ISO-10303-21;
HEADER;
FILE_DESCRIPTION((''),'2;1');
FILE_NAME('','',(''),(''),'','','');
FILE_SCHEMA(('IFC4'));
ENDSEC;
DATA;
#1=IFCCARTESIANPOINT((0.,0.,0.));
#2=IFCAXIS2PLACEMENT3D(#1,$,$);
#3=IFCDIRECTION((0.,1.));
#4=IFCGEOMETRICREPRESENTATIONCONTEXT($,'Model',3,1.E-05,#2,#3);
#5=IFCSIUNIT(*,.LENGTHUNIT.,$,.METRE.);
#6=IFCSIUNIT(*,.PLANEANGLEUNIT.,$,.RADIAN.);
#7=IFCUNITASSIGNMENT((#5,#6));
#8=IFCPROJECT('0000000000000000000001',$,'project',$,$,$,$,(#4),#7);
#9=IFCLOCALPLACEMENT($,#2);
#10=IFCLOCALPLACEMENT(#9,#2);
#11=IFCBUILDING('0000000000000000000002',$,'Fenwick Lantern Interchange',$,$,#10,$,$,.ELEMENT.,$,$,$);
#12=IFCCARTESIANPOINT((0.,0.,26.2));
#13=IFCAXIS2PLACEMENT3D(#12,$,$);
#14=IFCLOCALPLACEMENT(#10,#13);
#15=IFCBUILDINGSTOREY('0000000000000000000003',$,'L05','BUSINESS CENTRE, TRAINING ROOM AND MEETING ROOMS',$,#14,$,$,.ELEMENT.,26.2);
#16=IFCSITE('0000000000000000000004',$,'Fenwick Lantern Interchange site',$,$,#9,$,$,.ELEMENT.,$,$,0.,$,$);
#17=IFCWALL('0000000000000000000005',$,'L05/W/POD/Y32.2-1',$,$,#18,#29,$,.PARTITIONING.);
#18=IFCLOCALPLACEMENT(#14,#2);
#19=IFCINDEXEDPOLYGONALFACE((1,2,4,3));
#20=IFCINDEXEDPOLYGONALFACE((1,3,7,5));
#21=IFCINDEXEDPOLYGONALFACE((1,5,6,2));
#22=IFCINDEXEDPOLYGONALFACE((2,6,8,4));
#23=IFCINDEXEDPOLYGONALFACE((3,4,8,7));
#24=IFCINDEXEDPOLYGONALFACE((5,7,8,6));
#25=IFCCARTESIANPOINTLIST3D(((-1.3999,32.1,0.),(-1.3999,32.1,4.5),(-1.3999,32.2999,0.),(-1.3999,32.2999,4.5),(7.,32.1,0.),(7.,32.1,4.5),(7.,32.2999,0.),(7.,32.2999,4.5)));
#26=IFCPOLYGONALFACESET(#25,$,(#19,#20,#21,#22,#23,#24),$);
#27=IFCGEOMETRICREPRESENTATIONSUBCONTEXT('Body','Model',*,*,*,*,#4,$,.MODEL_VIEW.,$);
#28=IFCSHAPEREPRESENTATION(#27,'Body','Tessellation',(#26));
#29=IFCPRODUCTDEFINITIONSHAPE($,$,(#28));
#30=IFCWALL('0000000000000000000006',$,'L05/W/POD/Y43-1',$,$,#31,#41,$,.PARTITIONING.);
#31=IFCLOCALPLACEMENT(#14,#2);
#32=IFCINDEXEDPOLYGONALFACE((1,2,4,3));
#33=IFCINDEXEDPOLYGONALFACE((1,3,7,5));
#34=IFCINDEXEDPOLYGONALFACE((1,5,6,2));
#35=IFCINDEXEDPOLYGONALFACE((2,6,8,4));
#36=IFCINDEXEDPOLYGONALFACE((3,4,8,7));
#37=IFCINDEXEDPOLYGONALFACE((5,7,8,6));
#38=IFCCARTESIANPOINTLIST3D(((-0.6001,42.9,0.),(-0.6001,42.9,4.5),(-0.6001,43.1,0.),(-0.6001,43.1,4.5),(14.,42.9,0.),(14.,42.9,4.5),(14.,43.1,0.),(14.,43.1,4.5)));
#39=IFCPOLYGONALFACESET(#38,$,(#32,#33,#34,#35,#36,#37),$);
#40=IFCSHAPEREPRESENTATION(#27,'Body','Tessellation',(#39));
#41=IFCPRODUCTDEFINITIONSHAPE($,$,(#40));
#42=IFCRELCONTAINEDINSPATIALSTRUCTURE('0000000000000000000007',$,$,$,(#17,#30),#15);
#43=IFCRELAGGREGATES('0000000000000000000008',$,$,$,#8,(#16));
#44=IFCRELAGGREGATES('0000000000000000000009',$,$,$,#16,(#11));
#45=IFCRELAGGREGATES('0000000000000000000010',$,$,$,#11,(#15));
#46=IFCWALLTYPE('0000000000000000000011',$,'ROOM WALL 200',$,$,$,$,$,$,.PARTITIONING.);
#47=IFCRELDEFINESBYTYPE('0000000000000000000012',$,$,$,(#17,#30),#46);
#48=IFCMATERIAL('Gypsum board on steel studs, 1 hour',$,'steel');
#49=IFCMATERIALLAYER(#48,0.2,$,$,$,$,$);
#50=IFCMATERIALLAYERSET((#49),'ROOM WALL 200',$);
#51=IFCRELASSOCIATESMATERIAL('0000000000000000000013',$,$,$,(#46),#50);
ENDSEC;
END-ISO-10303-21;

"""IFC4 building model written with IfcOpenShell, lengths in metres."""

from ifc_helpers import new_model, si_unit, direction, frame, frame_2d, origin, place, context, subcontext, project, spatial, rectangle, extrude, material, layer, layer_set, type_object, element, save


model = new_model("IFC4")

# Units and contexts
model_context = context("Model", 3, precision=1e-05, world=origin(), true_north=direction((0.0, 1.0)))
body_context = subcontext(model_context, "Body", "Model", "MODEL_VIEW")
ifc_project = project(units=[si_unit("LENGTHUNIT", "METRE"), si_unit("PLANEANGLEUNIT", "RADIAN")], contexts=[model_context])

# Site, building, storey
site_placement = place(None, origin())
site = spatial("IfcSite", under=ifc_project, at=site_placement, Name="Fenwick Lantern Interchange site", CompositionType="ELEMENT", RefElevation=0.0)
building_placement = place(site_placement, origin())
building = spatial("IfcBuilding", under=site, at=building_placement, Name="Fenwick Lantern Interchange", CompositionType="ELEMENT")
storey_placement = place(building_placement, frame((0.0, 0.0, 26.2)))
storey = spatial("IfcBuildingStorey", under=building, at=storey_placement, Name="L05", Description="BUSINESS CENTRE, TRAINING ROOM AND MEETING ROOMS", CompositionType="ELEMENT", Elevation=26.2)

# Shared definitions
ifc_material_1 = material(Name="Gypsum board on steel studs, 1 hour", Category="steel")
ifc_layer_1 = layer(ifc_material_1, 0.2)
ifc_layer_set_1 = layer_set([ifc_layer_1], Name="ROOM WALL 200")
wall_type_1 = type_object("IfcWallType", Name="ROOM WALL 200", PredefinedType="PARTITIONING", material=ifc_layer_set_1)

# Wall
for number, where, z_axis, x_axis, name in (
    (1, (-1.3999, 32.2, 0.0), (0.0, 0.0, 1.0), (1.0, 0.0, 0.0), "L05/W/POD/Y32.2-1"),
):
    element("IfcWall", number, at=place(storey_placement, frame(where, z_axis=z_axis, x_axis=x_axis)), inside=storey, type_object=wall_type_1, Name=name, PredefinedType="PARTITIONING", context=body_context, shape_type="SweptSolid", body=[
        extrude(rectangle(XDim=8.3999, YDim=0.2, at=frame_2d((4.2, 0.0))), origin(), (0.0, 0.0, 1.0), 4.5),
    ])

# Wall
wall_1_placement = place(storey_placement, frame((-0.6001, 43.0, 0.0), z_axis=(0.0, 0.0, 1.0), x_axis=(1.0, 0.0, 0.0)))
element("IfcWall", 2, at=wall_1_placement, inside=storey, type_object=wall_type_1, Name="L05/W/POD/Y43-1", PredefinedType="PARTITIONING", context=body_context, shape_type="SweptSolid", body=[
    extrude(rectangle(XDim=14.6001, YDim=0.2, at=frame_2d((7.3, 0.0))), origin(), (0.0, 0.0, 1.0), 4.5),
])

save(model, "model.ifc")
